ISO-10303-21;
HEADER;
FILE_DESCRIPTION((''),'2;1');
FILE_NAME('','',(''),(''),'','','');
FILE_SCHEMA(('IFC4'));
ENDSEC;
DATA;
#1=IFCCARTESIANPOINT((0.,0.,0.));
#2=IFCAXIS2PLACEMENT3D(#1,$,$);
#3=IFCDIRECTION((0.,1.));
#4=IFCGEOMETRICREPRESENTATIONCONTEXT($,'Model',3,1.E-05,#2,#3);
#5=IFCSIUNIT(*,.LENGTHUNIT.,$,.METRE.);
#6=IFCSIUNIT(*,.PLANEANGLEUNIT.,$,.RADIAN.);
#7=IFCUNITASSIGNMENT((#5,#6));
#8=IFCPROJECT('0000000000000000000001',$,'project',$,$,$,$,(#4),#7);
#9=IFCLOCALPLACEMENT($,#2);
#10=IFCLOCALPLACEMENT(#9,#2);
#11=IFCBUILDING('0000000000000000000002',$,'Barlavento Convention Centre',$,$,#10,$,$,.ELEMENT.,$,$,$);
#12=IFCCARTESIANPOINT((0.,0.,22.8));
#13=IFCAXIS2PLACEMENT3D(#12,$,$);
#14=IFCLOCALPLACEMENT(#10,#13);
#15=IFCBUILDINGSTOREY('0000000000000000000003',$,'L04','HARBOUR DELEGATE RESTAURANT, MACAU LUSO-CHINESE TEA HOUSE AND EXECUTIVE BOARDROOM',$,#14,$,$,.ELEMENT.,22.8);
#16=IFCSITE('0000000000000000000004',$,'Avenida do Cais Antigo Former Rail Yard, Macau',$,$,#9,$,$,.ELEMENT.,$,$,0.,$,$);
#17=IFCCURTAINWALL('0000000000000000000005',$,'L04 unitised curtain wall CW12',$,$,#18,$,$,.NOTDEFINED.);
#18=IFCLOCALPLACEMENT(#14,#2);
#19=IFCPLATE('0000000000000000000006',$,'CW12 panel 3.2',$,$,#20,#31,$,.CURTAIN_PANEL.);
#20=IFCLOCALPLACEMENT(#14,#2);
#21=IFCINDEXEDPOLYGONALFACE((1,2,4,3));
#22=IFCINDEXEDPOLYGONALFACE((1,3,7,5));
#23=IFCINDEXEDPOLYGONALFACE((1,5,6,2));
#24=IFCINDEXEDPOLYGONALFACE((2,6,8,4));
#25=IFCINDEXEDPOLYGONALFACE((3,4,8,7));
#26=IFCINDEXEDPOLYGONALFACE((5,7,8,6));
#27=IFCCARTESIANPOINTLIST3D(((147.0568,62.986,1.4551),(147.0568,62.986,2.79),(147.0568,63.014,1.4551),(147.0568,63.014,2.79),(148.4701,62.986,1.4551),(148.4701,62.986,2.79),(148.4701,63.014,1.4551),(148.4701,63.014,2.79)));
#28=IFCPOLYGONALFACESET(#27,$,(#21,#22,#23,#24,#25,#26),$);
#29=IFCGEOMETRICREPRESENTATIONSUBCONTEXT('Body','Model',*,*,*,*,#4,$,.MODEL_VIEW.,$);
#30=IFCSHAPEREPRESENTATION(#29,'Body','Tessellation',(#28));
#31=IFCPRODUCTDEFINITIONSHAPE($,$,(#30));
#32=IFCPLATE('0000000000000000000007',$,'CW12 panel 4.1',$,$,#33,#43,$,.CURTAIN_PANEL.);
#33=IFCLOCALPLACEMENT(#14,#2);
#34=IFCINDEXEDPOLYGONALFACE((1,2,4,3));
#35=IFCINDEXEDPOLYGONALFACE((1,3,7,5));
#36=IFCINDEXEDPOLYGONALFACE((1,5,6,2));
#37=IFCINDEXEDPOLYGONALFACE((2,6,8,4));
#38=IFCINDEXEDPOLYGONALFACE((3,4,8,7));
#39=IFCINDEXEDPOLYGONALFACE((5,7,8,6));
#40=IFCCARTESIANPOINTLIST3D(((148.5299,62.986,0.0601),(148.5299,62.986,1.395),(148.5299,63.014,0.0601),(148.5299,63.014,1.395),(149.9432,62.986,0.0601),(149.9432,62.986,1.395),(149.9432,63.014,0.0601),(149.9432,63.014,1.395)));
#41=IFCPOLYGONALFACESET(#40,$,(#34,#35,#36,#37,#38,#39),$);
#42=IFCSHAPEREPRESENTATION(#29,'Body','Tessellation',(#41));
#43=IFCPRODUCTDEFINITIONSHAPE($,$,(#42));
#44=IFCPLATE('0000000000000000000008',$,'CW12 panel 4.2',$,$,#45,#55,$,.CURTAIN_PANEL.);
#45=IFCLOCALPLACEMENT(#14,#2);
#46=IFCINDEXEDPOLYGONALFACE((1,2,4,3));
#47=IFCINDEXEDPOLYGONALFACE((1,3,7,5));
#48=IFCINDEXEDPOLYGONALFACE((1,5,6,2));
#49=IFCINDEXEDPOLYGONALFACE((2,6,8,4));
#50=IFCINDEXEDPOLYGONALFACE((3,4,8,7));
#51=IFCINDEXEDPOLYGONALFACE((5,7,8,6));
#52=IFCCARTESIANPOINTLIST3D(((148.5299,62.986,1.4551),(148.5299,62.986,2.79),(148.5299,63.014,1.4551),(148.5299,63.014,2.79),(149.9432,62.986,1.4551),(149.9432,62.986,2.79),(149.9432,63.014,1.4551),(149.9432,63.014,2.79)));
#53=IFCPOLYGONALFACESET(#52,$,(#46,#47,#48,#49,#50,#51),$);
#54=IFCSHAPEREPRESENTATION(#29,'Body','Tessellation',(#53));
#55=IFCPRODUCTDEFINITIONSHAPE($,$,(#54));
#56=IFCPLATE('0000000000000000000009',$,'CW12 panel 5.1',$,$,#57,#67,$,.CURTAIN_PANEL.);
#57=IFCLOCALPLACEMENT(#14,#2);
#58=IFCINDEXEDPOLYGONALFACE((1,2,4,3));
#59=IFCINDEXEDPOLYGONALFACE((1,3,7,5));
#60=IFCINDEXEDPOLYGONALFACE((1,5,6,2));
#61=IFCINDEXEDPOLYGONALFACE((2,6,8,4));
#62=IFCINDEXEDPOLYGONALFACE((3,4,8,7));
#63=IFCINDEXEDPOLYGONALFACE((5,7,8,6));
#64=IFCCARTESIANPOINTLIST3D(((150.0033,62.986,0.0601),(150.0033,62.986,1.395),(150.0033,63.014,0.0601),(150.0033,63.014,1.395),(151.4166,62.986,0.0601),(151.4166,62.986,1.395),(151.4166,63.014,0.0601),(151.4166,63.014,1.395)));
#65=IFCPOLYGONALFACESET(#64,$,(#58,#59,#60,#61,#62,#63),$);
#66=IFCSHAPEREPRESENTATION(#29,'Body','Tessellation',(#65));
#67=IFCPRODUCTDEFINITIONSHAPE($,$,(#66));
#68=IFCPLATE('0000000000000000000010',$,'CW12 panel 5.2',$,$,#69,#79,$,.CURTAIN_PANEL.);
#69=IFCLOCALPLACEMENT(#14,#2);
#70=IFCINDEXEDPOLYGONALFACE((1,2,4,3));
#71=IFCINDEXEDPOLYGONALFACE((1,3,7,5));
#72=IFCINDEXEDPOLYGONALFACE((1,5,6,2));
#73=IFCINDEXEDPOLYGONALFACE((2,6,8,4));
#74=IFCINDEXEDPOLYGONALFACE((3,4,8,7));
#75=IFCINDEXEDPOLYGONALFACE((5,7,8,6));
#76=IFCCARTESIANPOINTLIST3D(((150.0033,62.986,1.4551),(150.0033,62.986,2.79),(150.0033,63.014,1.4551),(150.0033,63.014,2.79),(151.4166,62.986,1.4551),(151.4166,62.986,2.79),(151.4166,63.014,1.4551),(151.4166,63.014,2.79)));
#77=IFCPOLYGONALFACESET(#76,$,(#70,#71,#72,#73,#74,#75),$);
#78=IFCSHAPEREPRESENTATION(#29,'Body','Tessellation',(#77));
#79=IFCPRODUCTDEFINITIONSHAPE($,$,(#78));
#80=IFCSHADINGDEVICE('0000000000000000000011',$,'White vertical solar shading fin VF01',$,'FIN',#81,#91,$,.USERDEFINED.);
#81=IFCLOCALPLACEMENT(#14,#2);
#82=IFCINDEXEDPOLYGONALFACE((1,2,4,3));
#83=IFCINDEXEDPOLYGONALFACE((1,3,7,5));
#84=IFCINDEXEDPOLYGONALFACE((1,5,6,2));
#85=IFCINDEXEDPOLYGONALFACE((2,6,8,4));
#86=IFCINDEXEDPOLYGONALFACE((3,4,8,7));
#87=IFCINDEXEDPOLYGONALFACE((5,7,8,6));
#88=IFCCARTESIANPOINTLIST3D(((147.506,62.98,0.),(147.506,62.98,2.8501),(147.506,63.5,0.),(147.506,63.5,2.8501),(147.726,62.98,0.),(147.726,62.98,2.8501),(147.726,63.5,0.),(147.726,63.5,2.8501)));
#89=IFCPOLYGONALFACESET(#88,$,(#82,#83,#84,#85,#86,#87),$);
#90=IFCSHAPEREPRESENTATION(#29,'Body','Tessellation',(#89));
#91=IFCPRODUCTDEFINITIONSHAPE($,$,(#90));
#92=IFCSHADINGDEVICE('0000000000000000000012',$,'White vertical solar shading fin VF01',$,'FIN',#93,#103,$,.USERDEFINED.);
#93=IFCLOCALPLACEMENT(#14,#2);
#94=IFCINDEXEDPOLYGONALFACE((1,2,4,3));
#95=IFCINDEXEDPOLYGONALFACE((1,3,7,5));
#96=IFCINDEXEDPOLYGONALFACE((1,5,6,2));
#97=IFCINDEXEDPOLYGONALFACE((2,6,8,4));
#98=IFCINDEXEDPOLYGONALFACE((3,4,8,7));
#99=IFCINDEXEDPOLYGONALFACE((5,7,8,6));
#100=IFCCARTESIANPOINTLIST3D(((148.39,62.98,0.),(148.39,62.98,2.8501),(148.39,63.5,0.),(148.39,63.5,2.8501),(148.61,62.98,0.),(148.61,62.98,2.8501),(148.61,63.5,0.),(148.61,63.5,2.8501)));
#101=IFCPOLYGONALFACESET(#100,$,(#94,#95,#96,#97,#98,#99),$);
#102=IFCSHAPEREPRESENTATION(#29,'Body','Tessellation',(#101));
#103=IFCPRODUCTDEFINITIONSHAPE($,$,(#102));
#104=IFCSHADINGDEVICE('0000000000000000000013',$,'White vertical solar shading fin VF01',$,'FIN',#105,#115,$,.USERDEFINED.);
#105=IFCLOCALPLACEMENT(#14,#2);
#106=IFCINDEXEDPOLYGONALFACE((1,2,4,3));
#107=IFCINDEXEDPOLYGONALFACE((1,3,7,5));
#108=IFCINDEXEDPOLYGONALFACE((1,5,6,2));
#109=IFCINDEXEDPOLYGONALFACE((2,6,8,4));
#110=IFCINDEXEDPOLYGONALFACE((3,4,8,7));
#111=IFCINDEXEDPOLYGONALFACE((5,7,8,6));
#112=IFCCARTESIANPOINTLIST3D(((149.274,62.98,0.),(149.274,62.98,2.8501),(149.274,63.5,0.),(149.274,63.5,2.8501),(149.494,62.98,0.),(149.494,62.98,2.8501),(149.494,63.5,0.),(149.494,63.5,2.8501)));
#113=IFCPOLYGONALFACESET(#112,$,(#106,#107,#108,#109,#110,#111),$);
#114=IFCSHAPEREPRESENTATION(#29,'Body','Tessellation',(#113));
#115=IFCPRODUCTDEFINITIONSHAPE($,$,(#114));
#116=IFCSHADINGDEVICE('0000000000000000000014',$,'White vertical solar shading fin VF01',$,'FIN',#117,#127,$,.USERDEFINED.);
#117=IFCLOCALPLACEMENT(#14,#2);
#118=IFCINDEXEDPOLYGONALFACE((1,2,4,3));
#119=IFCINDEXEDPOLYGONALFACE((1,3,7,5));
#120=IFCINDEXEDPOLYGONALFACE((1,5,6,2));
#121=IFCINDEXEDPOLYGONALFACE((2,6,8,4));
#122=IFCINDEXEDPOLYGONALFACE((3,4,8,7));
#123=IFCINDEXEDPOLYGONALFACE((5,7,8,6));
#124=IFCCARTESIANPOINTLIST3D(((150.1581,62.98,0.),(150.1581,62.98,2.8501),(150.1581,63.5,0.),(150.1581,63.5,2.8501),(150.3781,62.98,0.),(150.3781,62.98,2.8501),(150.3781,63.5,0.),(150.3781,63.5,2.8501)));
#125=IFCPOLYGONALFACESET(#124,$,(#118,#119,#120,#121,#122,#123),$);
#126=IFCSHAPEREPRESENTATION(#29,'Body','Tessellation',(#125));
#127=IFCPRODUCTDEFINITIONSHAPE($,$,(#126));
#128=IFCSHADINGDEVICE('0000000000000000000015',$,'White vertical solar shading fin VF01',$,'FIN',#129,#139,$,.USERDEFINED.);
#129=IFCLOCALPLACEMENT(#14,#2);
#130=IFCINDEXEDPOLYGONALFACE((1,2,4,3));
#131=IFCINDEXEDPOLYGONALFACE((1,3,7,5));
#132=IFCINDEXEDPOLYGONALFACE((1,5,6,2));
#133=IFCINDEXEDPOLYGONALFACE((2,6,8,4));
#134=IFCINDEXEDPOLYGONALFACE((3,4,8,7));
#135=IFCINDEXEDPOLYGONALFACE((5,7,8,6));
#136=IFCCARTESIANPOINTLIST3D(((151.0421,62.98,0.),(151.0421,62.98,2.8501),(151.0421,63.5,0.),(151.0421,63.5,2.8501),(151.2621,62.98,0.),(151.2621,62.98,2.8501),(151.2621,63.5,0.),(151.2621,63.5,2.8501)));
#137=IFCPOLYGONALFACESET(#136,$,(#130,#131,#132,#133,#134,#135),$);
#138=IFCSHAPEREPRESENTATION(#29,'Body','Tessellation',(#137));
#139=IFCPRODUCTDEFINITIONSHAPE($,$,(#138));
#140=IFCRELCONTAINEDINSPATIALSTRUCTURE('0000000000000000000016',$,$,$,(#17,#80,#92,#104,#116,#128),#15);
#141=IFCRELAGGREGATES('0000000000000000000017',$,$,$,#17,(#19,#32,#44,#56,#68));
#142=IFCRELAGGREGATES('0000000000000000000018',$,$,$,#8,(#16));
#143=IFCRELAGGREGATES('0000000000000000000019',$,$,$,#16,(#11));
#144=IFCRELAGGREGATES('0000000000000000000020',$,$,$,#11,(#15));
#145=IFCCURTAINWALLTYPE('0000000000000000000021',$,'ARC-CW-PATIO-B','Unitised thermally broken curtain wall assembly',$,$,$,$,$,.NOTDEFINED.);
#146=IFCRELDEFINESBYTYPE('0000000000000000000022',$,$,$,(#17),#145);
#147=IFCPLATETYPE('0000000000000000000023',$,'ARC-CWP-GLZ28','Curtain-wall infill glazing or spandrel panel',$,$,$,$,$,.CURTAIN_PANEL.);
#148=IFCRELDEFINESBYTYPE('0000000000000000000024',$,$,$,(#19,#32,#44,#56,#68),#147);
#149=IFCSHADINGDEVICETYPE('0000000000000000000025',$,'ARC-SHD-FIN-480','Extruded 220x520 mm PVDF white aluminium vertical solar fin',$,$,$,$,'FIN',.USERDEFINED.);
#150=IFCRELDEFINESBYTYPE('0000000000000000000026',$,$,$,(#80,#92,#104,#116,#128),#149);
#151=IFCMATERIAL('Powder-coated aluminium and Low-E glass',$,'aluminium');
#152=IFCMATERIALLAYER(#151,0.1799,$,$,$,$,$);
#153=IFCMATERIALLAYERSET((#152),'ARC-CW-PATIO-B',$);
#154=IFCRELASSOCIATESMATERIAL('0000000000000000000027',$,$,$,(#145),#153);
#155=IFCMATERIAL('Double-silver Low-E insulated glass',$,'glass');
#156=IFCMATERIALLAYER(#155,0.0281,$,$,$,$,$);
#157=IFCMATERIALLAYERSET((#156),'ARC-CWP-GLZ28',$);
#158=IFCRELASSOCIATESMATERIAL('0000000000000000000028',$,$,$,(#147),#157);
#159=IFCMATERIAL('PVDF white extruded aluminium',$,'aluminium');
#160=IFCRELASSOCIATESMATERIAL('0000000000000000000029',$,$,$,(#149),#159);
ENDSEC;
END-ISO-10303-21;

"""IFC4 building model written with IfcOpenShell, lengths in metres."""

from ifc_helpers import new_model, si_unit, direction, frame, origin, origin_2d, place, context, subcontext, project, spatial, rectangle, extrude, material, layer, layer_set, type_object, element, aggregate, save


model = new_model("IFC4")

# Units and contexts
model_context = context("Model", 3, precision=1e-05, world=origin(), true_north=direction((0.0, 1.0)))
body_context = subcontext(model_context, "Body", "Model", "MODEL_VIEW")
ifc_project = project(units=[si_unit("LENGTHUNIT", "METRE"), si_unit("PLANEANGLEUNIT", "RADIAN")], contexts=[model_context])

# Site, building, storey
site_placement = place(None, origin())
site = spatial("IfcSite", under=ifc_project, at=site_placement, Name="Avenida do Cais Antigo Former Rail Yard, Macau", CompositionType="ELEMENT", RefElevation=0.0)
building_placement = place(site_placement, origin())
building = spatial("IfcBuilding", under=site, at=building_placement, Name="Barlavento Convention Centre", CompositionType="ELEMENT")
storey_placement = place(building_placement, frame((0.0, 0.0, 22.8)))
storey = spatial("IfcBuildingStorey", under=building, at=storey_placement, Name="L04", Description="HARBOUR DELEGATE RESTAURANT, MACAU LUSO-CHINESE TEA HOUSE AND EXECUTIVE BOARDROOM", CompositionType="ELEMENT", Elevation=22.8)

# Curtain wall, plates
ifc_material_1 = material(Name="Powder-coated aluminium and Low-E glass", Category="aluminium")
ifc_layer_1 = layer(ifc_material_1, 0.1799)
ifc_layer_set_1 = layer_set([ifc_layer_1], Name="ARC-CW-PATIO-B")
curtain_wall_type = type_object("IfcCurtainWallType", Name="ARC-CW-PATIO-B", Description="Unitised thermally broken curtain wall assembly", PredefinedType="NOTDEFINED", material=ifc_layer_set_1)
curtain_wall_placement = place(storey_placement, origin())
curtain_wall = element("IfcCurtainWall", 1, at=curtain_wall_placement, inside=storey, type_object=curtain_wall_type, Name="L04 unitised curtain wall CW12", PredefinedType="NOTDEFINED")
ifc_material_2 = material(Name="Double-silver Low-E insulated glass", Category="glass")
ifc_layer_2 = layer(ifc_material_2, 0.0281)
ifc_layer_set_2 = layer_set([ifc_layer_2], Name="ARC-CWP-GLZ28")
plate_type = type_object("IfcPlateType", Name="ARC-CWP-GLZ28", Description="Curtain-wall infill glazing or spandrel panel", PredefinedType="CURTAIN_PANEL", material=ifc_layer_set_2)
plate_1_placement = place(storey_placement, frame((147.7634, 63.0, 1.4551), z_axis=(0.0, 0.0, 1.0), x_axis=(1.0, 0.0, 0.0)))
plate_1 = element("IfcPlate", 2, at=plate_1_placement, type_object=plate_type, Name="CW12 panel 3.2", PredefinedType="CURTAIN_PANEL", context=body_context, shape_type="SweptSolid", body=[
    extrude(rectangle(XDim=1.4133, YDim=0.0281, at=origin_2d()), origin(), (0.0, 0.0, 1.0), 1.335),
])
plate_2_placement = place(storey_placement, frame((149.2366, 63.0, 0.0601), z_axis=(0.0, 0.0, 1.0), x_axis=(1.0, 0.0, 0.0)))
plate_2 = element("IfcPlate", 3, at=plate_2_placement, type_object=plate_type, Name="CW12 panel 4.1", PredefinedType="CURTAIN_PANEL", context=body_context, shape_type="SweptSolid", body=[
    extrude(rectangle(XDim=1.4133, YDim=0.0281, at=origin_2d()), origin(), (0.0, 0.0, 1.0), 1.335),
])
plate_3_placement = place(storey_placement, frame((149.2366, 63.0, 1.4551), z_axis=(0.0, 0.0, 1.0), x_axis=(1.0, 0.0, 0.0)))
plate_3 = element("IfcPlate", 4, at=plate_3_placement, type_object=plate_type, Name="CW12 panel 4.2", PredefinedType="CURTAIN_PANEL", context=body_context, shape_type="SweptSolid", body=[
    extrude(rectangle(XDim=1.4133, YDim=0.0281, at=origin_2d()), origin(), (0.0, 0.0, 1.0), 1.335),
])
plate_4_placement = place(storey_placement, frame((150.71, 63.0, 0.0601), z_axis=(0.0, 0.0, 1.0), x_axis=(1.0, 0.0, 0.0)))
plate_4 = element("IfcPlate", 5, at=plate_4_placement, type_object=plate_type, Name="CW12 panel 5.1", PredefinedType="CURTAIN_PANEL", context=body_context, shape_type="SweptSolid", body=[
    extrude(rectangle(XDim=1.4133, YDim=0.0281, at=origin_2d()), origin(), (0.0, 0.0, 1.0), 1.335),
])
plate_5_placement = place(storey_placement, frame((150.71, 63.0, 1.4551), z_axis=(0.0, 0.0, 1.0), x_axis=(1.0, 0.0, 0.0)))
plate_5 = element("IfcPlate", 6, at=plate_5_placement, type_object=plate_type, Name="CW12 panel 5.2", PredefinedType="CURTAIN_PANEL", context=body_context, shape_type="SweptSolid", body=[
    extrude(rectangle(XDim=1.4133, YDim=0.0281, at=origin_2d()), origin(), (0.0, 0.0, 1.0), 1.335),
])
aggregate(curtain_wall, [plate_1, plate_2, plate_3, plate_4, plate_5])

# Shading devices
ifc_material_3 = material(Name="PVDF white extruded aluminium", Category="aluminium")
shading_device_type = type_object("IfcShadingDeviceType", Name="ARC-SHD-FIN-480", Description="Extruded 220x520 mm PVDF white aluminium vertical solar fin", ElementType="FIN", PredefinedType="USERDEFINED", material=ifc_material_3)
for number, where, z_axis, x_axis, name in (
    (7, (147.616, 63.24, 0.0), (0.0, 0.0, 1.0), (1.0, 0.0, 0.0), "White vertical solar shading fin VF01"),
    (8, (148.5, 63.24, 0.0), (0.0, 0.0, 1.0), (1.0, 0.0, 0.0), "White vertical solar shading fin VF01"),
    (9, (149.384, 63.24, 0.0), (0.0, 0.0, 1.0), (1.0, 0.0, 0.0), "White vertical solar shading fin VF01"),
    (10, (150.2681, 63.24, 0.0), (0.0, 0.0, 1.0), (1.0, 0.0, 0.0), "White vertical solar shading fin VF01"),
    (11, (151.1521, 63.24, 0.0), (0.0, 0.0, 1.0), (1.0, 0.0, 0.0), "White vertical solar shading fin VF01"),
):
    element("IfcShadingDevice", number, at=place(storey_placement, frame(where, z_axis=z_axis, x_axis=x_axis)), inside=storey, type_object=shading_device_type, Name=name, ObjectType="FIN", PredefinedType="USERDEFINED", context=body_context, shape_type="SweptSolid", body=[
        extrude(rectangle(XDim=0.22, YDim=0.52, at=origin_2d()), origin(), (0.0, 0.0, 1.0), 2.8501),
    ])

save(model, "model.ifc")
